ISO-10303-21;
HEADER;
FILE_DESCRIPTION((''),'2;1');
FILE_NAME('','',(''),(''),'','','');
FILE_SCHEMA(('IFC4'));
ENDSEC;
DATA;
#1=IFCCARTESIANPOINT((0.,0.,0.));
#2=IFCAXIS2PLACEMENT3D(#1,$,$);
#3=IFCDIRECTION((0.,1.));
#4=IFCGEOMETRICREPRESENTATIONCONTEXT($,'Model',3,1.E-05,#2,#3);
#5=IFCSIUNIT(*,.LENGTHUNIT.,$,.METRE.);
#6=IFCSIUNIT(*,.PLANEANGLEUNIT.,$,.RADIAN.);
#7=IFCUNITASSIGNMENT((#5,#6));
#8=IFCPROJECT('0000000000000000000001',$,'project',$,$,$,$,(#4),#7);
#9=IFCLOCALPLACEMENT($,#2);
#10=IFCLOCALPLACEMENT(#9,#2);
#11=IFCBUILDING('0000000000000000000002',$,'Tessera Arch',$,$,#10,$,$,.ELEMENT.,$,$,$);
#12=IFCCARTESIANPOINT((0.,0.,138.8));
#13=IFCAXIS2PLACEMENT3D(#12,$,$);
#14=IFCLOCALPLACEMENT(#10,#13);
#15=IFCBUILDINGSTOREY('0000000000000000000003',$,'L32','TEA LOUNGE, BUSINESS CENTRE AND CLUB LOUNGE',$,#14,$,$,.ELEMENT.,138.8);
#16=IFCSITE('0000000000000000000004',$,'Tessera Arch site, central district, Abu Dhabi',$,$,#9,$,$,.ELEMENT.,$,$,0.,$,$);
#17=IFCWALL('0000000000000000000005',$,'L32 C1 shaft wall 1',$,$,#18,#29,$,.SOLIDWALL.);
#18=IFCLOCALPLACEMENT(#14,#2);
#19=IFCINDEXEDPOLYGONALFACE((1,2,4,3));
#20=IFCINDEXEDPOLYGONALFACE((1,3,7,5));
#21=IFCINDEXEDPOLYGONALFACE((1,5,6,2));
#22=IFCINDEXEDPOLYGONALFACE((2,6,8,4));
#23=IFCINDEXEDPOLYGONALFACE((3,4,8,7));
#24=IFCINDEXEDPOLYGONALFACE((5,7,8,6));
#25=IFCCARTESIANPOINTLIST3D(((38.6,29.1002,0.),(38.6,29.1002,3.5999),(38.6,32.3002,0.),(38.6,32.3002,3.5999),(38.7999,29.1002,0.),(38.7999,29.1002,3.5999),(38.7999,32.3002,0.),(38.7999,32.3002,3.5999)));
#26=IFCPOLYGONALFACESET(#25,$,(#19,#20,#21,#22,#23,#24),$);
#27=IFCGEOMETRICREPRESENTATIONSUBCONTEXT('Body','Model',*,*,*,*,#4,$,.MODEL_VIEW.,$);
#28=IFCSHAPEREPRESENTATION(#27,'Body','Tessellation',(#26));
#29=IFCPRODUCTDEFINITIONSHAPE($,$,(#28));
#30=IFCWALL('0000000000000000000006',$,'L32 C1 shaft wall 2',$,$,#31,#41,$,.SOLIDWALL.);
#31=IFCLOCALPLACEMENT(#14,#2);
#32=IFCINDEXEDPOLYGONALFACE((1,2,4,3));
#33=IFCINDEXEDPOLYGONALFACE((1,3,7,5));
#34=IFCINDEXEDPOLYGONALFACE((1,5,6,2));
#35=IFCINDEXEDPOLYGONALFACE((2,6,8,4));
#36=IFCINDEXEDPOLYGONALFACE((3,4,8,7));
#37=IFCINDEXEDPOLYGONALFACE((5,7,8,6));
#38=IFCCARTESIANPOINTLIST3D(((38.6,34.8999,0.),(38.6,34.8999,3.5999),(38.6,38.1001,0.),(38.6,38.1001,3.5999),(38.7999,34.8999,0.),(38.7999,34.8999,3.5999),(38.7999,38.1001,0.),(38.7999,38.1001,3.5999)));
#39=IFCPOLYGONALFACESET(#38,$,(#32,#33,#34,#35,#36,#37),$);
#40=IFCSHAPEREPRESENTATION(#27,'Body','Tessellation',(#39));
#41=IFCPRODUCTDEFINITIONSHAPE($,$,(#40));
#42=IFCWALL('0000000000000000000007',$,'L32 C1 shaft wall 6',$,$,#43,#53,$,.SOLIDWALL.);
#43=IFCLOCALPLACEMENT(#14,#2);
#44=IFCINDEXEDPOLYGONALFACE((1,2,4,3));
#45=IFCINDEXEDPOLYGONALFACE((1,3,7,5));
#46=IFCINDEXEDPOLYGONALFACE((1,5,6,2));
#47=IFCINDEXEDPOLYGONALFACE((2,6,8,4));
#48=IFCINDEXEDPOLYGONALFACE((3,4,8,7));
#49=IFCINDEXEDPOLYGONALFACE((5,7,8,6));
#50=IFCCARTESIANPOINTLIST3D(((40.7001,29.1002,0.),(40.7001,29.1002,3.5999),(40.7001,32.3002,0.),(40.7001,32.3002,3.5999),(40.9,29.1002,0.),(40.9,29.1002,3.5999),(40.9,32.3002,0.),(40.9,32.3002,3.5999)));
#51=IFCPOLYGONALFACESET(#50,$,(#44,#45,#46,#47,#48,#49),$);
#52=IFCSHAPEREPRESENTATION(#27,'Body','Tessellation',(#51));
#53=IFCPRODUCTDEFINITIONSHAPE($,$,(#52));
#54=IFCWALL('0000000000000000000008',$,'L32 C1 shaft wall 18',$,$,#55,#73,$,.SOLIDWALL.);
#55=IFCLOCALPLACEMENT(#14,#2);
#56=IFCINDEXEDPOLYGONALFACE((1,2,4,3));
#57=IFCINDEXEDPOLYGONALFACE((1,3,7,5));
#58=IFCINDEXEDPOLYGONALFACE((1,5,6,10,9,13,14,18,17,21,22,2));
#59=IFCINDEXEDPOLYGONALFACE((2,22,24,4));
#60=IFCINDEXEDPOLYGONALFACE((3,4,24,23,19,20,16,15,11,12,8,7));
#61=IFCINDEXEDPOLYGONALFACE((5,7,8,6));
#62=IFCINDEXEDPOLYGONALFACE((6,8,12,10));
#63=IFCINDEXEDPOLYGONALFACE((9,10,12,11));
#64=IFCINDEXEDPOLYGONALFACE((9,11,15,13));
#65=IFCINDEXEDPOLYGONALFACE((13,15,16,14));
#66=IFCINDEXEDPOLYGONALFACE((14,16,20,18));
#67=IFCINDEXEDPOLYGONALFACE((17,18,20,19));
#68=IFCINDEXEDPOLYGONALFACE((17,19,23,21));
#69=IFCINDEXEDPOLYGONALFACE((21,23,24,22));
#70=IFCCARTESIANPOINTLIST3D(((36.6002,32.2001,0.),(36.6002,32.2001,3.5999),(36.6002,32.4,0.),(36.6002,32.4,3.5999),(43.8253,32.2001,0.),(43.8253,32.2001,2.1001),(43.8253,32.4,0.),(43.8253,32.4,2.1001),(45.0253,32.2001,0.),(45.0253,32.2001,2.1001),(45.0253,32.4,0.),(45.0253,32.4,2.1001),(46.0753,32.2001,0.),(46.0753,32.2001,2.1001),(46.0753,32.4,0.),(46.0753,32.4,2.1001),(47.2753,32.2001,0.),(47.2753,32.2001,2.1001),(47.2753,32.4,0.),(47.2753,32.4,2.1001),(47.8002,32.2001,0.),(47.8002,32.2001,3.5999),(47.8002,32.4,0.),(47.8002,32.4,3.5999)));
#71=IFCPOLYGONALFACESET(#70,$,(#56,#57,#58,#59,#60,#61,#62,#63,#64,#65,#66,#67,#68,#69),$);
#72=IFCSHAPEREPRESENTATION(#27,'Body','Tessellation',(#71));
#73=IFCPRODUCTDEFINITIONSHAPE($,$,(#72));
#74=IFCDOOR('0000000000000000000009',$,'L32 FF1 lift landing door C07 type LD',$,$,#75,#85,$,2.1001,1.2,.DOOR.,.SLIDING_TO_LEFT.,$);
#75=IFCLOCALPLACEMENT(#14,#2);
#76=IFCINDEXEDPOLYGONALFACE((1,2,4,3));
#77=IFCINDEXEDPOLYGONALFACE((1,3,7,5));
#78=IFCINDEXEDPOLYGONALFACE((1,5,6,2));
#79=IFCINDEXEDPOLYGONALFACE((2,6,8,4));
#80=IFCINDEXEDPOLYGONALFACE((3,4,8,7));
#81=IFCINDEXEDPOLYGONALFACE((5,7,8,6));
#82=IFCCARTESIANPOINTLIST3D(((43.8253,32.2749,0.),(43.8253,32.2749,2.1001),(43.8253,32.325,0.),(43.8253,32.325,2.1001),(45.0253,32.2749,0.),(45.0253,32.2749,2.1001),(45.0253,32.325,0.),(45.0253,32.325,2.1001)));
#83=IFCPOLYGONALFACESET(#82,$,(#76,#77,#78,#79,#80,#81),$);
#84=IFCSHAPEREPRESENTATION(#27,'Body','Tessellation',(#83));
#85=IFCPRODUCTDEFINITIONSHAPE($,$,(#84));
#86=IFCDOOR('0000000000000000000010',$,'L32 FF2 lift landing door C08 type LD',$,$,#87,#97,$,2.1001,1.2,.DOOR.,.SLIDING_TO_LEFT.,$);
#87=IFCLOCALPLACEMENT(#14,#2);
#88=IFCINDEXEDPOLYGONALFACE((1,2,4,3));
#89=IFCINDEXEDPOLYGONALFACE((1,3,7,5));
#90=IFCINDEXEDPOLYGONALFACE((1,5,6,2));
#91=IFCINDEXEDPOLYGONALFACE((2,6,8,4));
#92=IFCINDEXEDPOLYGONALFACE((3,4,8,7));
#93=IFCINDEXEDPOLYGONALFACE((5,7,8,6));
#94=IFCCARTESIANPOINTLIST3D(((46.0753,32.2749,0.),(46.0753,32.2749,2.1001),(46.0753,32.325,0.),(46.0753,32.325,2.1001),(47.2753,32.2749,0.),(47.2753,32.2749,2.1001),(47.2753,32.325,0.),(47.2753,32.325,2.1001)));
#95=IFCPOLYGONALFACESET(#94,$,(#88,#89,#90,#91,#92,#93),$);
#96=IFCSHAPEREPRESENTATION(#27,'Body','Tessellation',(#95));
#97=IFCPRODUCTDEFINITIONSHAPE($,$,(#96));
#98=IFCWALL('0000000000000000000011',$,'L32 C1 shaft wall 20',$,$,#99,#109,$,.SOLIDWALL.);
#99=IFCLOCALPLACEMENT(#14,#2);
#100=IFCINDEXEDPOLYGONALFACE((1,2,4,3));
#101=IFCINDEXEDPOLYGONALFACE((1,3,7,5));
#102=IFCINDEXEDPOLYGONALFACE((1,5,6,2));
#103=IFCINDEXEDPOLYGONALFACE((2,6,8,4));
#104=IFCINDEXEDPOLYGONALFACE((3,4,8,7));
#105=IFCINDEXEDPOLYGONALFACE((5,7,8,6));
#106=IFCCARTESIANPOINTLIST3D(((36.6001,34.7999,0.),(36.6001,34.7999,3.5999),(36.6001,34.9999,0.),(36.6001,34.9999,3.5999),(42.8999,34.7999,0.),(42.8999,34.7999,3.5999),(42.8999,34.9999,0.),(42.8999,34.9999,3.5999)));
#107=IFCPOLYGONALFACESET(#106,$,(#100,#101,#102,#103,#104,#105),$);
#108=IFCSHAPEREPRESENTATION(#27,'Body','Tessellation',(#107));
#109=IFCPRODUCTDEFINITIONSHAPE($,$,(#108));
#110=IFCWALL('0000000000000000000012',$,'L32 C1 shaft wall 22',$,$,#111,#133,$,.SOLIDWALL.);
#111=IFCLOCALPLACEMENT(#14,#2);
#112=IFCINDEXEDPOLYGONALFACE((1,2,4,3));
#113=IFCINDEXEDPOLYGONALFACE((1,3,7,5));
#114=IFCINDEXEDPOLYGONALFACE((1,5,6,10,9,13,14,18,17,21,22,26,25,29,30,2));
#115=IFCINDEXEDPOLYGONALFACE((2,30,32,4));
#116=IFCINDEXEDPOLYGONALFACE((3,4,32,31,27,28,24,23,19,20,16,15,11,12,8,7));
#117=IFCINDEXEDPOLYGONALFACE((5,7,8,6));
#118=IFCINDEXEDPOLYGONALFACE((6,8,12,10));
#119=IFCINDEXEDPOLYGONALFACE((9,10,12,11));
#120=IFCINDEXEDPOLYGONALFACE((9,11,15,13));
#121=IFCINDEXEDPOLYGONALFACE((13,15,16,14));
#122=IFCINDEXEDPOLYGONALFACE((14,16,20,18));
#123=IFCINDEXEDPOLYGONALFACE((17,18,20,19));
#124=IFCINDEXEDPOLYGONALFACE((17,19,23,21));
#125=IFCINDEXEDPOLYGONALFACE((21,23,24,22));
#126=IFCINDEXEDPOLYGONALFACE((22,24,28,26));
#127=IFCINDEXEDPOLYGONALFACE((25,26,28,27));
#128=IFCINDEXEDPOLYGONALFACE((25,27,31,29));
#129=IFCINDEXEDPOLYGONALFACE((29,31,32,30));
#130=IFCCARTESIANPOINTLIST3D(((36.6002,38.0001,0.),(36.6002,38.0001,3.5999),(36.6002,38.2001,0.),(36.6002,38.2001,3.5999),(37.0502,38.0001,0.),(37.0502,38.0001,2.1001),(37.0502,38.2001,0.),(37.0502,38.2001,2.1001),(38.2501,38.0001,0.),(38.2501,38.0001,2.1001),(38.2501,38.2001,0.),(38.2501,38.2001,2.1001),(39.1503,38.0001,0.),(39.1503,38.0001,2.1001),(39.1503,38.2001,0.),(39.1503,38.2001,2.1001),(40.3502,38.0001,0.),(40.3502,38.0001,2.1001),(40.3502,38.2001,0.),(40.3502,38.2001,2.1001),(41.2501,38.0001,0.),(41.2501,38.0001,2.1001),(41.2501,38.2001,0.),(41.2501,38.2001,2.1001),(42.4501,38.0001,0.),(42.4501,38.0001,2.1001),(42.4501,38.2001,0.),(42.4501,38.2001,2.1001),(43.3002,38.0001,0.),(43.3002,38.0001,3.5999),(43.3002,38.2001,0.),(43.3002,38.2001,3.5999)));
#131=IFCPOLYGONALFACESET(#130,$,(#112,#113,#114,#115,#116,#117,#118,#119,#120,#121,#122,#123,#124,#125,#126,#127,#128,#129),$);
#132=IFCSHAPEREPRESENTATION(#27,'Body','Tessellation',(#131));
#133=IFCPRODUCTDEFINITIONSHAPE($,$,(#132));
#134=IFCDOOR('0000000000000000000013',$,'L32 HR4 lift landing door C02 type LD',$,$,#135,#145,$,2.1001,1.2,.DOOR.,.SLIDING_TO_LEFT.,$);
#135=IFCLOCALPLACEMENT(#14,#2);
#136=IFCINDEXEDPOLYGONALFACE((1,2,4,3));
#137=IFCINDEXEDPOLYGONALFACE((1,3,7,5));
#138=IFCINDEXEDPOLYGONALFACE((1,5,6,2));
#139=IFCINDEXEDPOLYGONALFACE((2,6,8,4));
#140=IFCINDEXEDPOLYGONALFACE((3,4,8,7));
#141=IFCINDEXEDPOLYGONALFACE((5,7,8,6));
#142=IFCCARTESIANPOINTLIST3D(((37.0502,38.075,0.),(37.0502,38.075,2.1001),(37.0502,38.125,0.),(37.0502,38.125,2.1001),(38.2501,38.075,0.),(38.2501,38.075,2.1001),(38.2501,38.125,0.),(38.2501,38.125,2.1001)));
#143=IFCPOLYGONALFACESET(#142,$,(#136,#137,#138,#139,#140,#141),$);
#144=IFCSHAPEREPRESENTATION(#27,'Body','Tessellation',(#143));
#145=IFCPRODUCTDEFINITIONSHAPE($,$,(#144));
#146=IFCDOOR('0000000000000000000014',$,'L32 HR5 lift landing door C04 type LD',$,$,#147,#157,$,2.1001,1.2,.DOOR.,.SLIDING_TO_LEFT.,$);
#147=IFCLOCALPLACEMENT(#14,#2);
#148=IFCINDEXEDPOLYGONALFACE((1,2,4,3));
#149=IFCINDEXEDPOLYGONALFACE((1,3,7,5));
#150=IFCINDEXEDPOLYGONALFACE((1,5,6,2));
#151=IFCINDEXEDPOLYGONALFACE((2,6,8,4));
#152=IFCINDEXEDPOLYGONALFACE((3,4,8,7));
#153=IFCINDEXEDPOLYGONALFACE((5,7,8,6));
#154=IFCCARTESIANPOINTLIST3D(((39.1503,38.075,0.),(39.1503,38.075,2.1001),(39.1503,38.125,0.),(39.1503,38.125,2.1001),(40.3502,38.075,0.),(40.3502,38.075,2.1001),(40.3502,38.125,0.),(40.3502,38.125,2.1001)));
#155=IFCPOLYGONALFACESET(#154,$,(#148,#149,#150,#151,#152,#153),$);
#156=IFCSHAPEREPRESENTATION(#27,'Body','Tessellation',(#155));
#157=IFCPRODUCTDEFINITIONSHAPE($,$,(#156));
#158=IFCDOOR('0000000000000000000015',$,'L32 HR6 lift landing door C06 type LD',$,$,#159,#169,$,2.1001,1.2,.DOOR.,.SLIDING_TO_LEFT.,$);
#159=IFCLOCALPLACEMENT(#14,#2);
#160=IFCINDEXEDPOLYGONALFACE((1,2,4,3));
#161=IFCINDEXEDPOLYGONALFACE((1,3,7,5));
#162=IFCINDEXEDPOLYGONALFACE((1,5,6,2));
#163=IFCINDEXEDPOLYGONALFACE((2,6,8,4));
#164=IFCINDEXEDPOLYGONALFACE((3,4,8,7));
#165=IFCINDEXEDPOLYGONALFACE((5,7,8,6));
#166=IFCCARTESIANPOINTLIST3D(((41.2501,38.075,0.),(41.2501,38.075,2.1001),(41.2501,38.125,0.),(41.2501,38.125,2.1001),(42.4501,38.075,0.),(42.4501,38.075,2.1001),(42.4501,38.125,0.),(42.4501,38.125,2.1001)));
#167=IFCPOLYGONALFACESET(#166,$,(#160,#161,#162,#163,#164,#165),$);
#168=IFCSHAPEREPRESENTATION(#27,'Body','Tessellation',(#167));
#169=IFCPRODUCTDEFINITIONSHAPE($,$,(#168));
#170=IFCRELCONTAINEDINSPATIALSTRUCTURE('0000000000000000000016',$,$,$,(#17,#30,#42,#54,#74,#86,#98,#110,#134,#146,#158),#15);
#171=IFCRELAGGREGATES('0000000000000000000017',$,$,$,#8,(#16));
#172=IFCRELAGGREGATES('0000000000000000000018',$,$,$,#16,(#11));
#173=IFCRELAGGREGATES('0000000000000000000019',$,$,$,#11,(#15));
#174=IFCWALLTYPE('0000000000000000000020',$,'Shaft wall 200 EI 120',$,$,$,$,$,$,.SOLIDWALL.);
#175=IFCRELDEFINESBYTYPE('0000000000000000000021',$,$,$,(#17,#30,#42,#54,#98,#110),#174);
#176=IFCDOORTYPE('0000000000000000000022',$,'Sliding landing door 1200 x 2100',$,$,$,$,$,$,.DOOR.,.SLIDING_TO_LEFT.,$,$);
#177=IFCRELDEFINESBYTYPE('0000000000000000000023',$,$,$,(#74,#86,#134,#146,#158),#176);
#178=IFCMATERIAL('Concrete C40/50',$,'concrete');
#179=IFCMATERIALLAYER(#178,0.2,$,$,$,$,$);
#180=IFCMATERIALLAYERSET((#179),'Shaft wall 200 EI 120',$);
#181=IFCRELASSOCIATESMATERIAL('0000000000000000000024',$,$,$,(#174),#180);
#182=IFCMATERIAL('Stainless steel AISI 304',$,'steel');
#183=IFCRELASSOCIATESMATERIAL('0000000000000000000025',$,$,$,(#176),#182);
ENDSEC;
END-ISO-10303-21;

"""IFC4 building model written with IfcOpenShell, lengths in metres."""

from ifc_helpers import new_model, si_unit, direction, frame, frame_2d, origin, place, context, subcontext, project, spatial, rectangle, extrude, material, layer, layer_set, type_object, element, fill, save


model = new_model("IFC4")

# Units and contexts
model_context = context("Model", 3, precision=1e-05, world=origin(), true_north=direction((0.0, 1.0)))
body_context = subcontext(model_context, "Body", "Model", "MODEL_VIEW")
ifc_project = project(units=[si_unit("LENGTHUNIT", "METRE"), si_unit("PLANEANGLEUNIT", "RADIAN")], contexts=[model_context])

# Site, building, storey
site_placement = place(None, origin())
site = spatial("IfcSite", under=ifc_project, at=site_placement, Name="Tessera Arch site, central district, Abu Dhabi", CompositionType="ELEMENT", RefElevation=0.0)
building_placement = place(site_placement, origin())
building = spatial("IfcBuilding", under=site, at=building_placement, Name="Tessera Arch", CompositionType="ELEMENT")
storey_placement = place(building_placement, frame((0.0, 0.0, 138.8)))
storey = spatial("IfcBuildingStorey", under=building, at=storey_placement, Name="L32", Description="TEA LOUNGE, BUSINESS CENTRE AND CLUB LOUNGE", CompositionType="ELEMENT", Elevation=138.8)

# Walls
ifc_material_1 = material(Name="Concrete C40/50", Category="concrete")
ifc_layer_1 = layer(ifc_material_1, 0.2)
ifc_layer_set_1 = layer_set([ifc_layer_1], Name="Shaft wall 200 EI 120")
wall_type_1 = type_object("IfcWallType", Name="Shaft wall 200 EI 120", PredefinedType="SOLIDWALL", material=ifc_layer_set_1)
wall_1_placement = place(storey_placement, frame((38.7, 29.1001, 0.0), z_axis=(0.0, 0.0, 1.0), x_axis=(0.0, 1.0, 0.0)))
element("IfcWall", 1, at=wall_1_placement, inside=storey, type_object=wall_type_1, Name="L32 C1 shaft wall 1", PredefinedType="SOLIDWALL", context=body_context, shape_type="SweptSolid", body=[
    extrude(rectangle(XDim=3.2, YDim=0.2, at=frame_2d((1.6001, 0.0))), origin(), (0.0, 0.0, 1.0), 3.5999),
])
wall_2_placement = place(storey_placement, frame((38.7, 34.8999, 0.0), z_axis=(0.0, 0.0, 1.0), x_axis=(0.0, 1.0, 0.0)))
element("IfcWall", 2, at=wall_2_placement, inside=storey, type_object=wall_type_1, Name="L32 C1 shaft wall 2", PredefinedType="SOLIDWALL", context=body_context, shape_type="SweptSolid", body=[
    extrude(rectangle(XDim=3.2002, YDim=0.2, at=frame_2d((1.6001, 0.0))), origin(), (0.0, 0.0, 1.0), 3.5999),
])
wall_3_placement = place(storey_placement, frame((40.8, 29.1001, 0.0), z_axis=(0.0, 0.0, 1.0), x_axis=(0.0, 1.0, 0.0)))
element("IfcWall", 3, at=wall_3_placement, inside=storey, type_object=wall_type_1, Name="L32 C1 shaft wall 6", PredefinedType="SOLIDWALL", context=body_context, shape_type="SweptSolid", body=[
    extrude(rectangle(XDim=3.2, YDim=0.2, at=frame_2d((1.6001, 0.0))), origin(), (0.0, 0.0, 1.0), 3.5999),
])

# Wall, openings, doors
wall_4_placement = place(storey_placement, frame((36.6001, 32.3, 0.0), z_axis=(0.0, 0.0, 1.0), x_axis=(1.0, 0.0, 0.0)))
wall_4 = element("IfcWall", 4, at=wall_4_placement, inside=storey, type_object=wall_type_1, Name="L32 C1 shaft wall 18", PredefinedType="SOLIDWALL", context=body_context, shape_type="SweptSolid", body=[
    extrude(rectangle(XDim=11.2, YDim=0.2, at=frame_2d((5.6001, 0.0))), origin(), (0.0, 0.0, 1.0), 3.5999),
])
opening_1_placement = place(wall_4_placement, frame((7.2251, 0.0, 0.0)))
opening_1 = element("IfcOpeningElement", 5, at=opening_1_placement, cuts=wall_4, PredefinedType="OPENING", context=body_context, shape_type="SweptSolid", body=[
    extrude(rectangle(XDim=1.2, YDim=2.1001, at=frame_2d((0.6001, 1.05))), frame((0.0, 0.1099, 0.0), z_axis=(0.0, -1.0, 0.0), x_axis=(1.0, 0.0, 0.0)), (0.0, 0.0, 1.0), 0.22),
])
opening_2_placement = place(wall_4_placement, frame((9.4751, 0.0, 0.0)))
opening_2 = element("IfcOpeningElement", 6, at=opening_2_placement, cuts=wall_4, PredefinedType="OPENING", context=body_context, shape_type="SweptSolid", body=[
    extrude(rectangle(XDim=1.2, YDim=2.1001, at=frame_2d((0.6001, 1.05))), frame((0.0, 0.1099, 0.0), z_axis=(0.0, -1.0, 0.0), x_axis=(1.0, 0.0, 0.0)), (0.0, 0.0, 1.0), 0.22),
])
ifc_material_2 = material(Name="Stainless steel AISI 304", Category="steel")
door_type = type_object("IfcDoorType", Name="Sliding landing door 1200 x 2100", OperationType="SLIDING_TO_LEFT", PredefinedType="DOOR", material=ifc_material_2)
door_1_placement = place(opening_1_placement, origin())
door_1 = element("IfcDoor", 7, at=door_1_placement, inside=storey, type_object=door_type, Name="L32 FF1 lift landing door C07 type LD", OperationType="SLIDING_TO_LEFT", OverallHeight=2.1001, OverallWidth=1.2, PredefinedType="DOOR", context=body_context, shape_type="SweptSolid", body=[
    extrude(rectangle(XDim=1.2, YDim=2.1001, at=frame_2d((0.6001, 1.05))), frame((0.0, 0.0249, 0.0), z_axis=(0.0, -1.0, 0.0), x_axis=(1.0, 0.0, 0.0)), (0.0, 0.0, 1.0), 0.05),
])
fill(opening_1, door_1)
door_2_placement = place(opening_2_placement, origin())
door_2 = element("IfcDoor", 8, at=door_2_placement, inside=storey, type_object=door_type, Name="L32 FF2 lift landing door C08 type LD", OperationType="SLIDING_TO_LEFT", OverallHeight=2.1001, OverallWidth=1.2, PredefinedType="DOOR", context=body_context, shape_type="SweptSolid", body=[
    extrude(rectangle(XDim=1.2, YDim=2.1001, at=frame_2d((0.6001, 1.05))), frame((0.0, 0.0249, 0.0), z_axis=(0.0, -1.0, 0.0), x_axis=(1.0, 0.0, 0.0)), (0.0, 0.0, 1.0), 0.05),
])
fill(opening_2, door_2)

# Wall
wall_5_placement = place(storey_placement, frame((36.6001, 34.8999, 0.0), z_axis=(0.0, 0.0, 1.0), x_axis=(1.0, 0.0, 0.0)))
element("IfcWall", 9, at=wall_5_placement, inside=storey, type_object=wall_type_1, Name="L32 C1 shaft wall 20", PredefinedType="SOLIDWALL", context=body_context, shape_type="SweptSolid", body=[
    extrude(rectangle(XDim=6.2998, YDim=0.2, at=frame_2d((3.1499, 0.0))), origin(), (0.0, 0.0, 1.0), 3.5999),
])

# Wall, openings, doors
wall_6_placement = place(storey_placement, frame((36.6001, 38.1001, 0.0), z_axis=(0.0, 0.0, 1.0), x_axis=(1.0, 0.0, 0.0)))
wall_6 = element("IfcWall", 10, at=wall_6_placement, inside=storey, type_object=wall_type_1, Name="L32 C1 shaft wall 22", PredefinedType="SOLIDWALL", context=body_context, shape_type="SweptSolid", body=[
    extrude(rectangle(XDim=6.7, YDim=0.2, at=frame_2d((3.3501, 0.0))), origin(), (0.0, 0.0, 1.0), 3.5999),
])
opening_3_placement = place(wall_6_placement, frame((0.45, 0.0, 0.0)))
opening_3 = element("IfcOpeningElement", 11, at=opening_3_placement, cuts=wall_6, PredefinedType="OPENING", context=body_context, shape_type="SweptSolid", body=[
    extrude(rectangle(XDim=1.2, YDim=2.1001, at=frame_2d((0.6001, 1.05))), frame((0.0, 0.1099, 0.0), z_axis=(0.0, -1.0, 0.0), x_axis=(1.0, 0.0, 0.0)), (0.0, 0.0, 1.0), 0.22),
])
opening_4_placement = place(wall_6_placement, frame((2.55, 0.0, 0.0)))
opening_4 = element("IfcOpeningElement", 12, at=opening_4_placement, cuts=wall_6, PredefinedType="OPENING", context=body_context, shape_type="SweptSolid", body=[
    extrude(rectangle(XDim=1.2, YDim=2.1001, at=frame_2d((0.6001, 1.05))), frame((0.0, 0.1099, 0.0), z_axis=(0.0, -1.0, 0.0), x_axis=(1.0, 0.0, 0.0)), (0.0, 0.0, 1.0), 0.22),
])
opening_5_placement = place(wall_6_placement, frame((4.6499, 0.0, 0.0)))
opening_5 = element("IfcOpeningElement", 13, at=opening_5_placement, cuts=wall_6, PredefinedType="OPENING", context=body_context, shape_type="SweptSolid", body=[
    extrude(rectangle(XDim=1.2, YDim=2.1001, at=frame_2d((0.6001, 1.05))), frame((0.0, 0.1099, 0.0), z_axis=(0.0, -1.0, 0.0), x_axis=(1.0, 0.0, 0.0)), (0.0, 0.0, 1.0), 0.22),
])
door_3_placement = place(opening_3_placement, origin())
door_3 = element("IfcDoor", 14, at=door_3_placement, inside=storey, type_object=door_type, Name="L32 HR4 lift landing door C02 type LD", OperationType="SLIDING_TO_LEFT", OverallHeight=2.1001, OverallWidth=1.2, PredefinedType="DOOR", context=body_context, shape_type="SweptSolid", body=[
    extrude(rectangle(XDim=1.2, YDim=2.1001, at=frame_2d((0.6001, 1.05))), frame((0.0, 0.0249, 0.0), z_axis=(0.0, -1.0, 0.0), x_axis=(1.0, 0.0, 0.0)), (0.0, 0.0, 1.0), 0.05),
])
fill(opening_3, door_3)
door_4_placement = place(opening_4_placement, origin())
door_4 = element("IfcDoor", 15, at=door_4_placement, inside=storey, type_object=door_type, Name="L32 HR5 lift landing door C04 type LD", OperationType="SLIDING_TO_LEFT", OverallHeight=2.1001, OverallWidth=1.2, PredefinedType="DOOR", context=body_context, shape_type="SweptSolid", body=[
    extrude(rectangle(XDim=1.2, YDim=2.1001, at=frame_2d((0.6001, 1.05))), frame((0.0, 0.0249, 0.0), z_axis=(0.0, -1.0, 0.0), x_axis=(1.0, 0.0, 0.0)), (0.0, 0.0, 1.0), 0.05),
])
fill(opening_4, door_4)
door_5_placement = place(opening_5_placement, origin())
door_5 = element("IfcDoor", 16, at=door_5_placement, inside=storey, type_object=door_type, Name="L32 HR6 lift landing door C06 type LD", OperationType="SLIDING_TO_LEFT", OverallHeight=2.1001, OverallWidth=1.2, PredefinedType="DOOR", context=body_context, shape_type="SweptSolid", body=[
    extrude(rectangle(XDim=1.2, YDim=2.1001, at=frame_2d((0.6001, 1.05))), frame((0.0, 0.0249, 0.0), z_axis=(0.0, -1.0, 0.0), x_axis=(1.0, 0.0, 0.0)), (0.0, 0.0, 1.0), 0.05),
])
fill(opening_5, door_5)

save(model, "model.ifc")
